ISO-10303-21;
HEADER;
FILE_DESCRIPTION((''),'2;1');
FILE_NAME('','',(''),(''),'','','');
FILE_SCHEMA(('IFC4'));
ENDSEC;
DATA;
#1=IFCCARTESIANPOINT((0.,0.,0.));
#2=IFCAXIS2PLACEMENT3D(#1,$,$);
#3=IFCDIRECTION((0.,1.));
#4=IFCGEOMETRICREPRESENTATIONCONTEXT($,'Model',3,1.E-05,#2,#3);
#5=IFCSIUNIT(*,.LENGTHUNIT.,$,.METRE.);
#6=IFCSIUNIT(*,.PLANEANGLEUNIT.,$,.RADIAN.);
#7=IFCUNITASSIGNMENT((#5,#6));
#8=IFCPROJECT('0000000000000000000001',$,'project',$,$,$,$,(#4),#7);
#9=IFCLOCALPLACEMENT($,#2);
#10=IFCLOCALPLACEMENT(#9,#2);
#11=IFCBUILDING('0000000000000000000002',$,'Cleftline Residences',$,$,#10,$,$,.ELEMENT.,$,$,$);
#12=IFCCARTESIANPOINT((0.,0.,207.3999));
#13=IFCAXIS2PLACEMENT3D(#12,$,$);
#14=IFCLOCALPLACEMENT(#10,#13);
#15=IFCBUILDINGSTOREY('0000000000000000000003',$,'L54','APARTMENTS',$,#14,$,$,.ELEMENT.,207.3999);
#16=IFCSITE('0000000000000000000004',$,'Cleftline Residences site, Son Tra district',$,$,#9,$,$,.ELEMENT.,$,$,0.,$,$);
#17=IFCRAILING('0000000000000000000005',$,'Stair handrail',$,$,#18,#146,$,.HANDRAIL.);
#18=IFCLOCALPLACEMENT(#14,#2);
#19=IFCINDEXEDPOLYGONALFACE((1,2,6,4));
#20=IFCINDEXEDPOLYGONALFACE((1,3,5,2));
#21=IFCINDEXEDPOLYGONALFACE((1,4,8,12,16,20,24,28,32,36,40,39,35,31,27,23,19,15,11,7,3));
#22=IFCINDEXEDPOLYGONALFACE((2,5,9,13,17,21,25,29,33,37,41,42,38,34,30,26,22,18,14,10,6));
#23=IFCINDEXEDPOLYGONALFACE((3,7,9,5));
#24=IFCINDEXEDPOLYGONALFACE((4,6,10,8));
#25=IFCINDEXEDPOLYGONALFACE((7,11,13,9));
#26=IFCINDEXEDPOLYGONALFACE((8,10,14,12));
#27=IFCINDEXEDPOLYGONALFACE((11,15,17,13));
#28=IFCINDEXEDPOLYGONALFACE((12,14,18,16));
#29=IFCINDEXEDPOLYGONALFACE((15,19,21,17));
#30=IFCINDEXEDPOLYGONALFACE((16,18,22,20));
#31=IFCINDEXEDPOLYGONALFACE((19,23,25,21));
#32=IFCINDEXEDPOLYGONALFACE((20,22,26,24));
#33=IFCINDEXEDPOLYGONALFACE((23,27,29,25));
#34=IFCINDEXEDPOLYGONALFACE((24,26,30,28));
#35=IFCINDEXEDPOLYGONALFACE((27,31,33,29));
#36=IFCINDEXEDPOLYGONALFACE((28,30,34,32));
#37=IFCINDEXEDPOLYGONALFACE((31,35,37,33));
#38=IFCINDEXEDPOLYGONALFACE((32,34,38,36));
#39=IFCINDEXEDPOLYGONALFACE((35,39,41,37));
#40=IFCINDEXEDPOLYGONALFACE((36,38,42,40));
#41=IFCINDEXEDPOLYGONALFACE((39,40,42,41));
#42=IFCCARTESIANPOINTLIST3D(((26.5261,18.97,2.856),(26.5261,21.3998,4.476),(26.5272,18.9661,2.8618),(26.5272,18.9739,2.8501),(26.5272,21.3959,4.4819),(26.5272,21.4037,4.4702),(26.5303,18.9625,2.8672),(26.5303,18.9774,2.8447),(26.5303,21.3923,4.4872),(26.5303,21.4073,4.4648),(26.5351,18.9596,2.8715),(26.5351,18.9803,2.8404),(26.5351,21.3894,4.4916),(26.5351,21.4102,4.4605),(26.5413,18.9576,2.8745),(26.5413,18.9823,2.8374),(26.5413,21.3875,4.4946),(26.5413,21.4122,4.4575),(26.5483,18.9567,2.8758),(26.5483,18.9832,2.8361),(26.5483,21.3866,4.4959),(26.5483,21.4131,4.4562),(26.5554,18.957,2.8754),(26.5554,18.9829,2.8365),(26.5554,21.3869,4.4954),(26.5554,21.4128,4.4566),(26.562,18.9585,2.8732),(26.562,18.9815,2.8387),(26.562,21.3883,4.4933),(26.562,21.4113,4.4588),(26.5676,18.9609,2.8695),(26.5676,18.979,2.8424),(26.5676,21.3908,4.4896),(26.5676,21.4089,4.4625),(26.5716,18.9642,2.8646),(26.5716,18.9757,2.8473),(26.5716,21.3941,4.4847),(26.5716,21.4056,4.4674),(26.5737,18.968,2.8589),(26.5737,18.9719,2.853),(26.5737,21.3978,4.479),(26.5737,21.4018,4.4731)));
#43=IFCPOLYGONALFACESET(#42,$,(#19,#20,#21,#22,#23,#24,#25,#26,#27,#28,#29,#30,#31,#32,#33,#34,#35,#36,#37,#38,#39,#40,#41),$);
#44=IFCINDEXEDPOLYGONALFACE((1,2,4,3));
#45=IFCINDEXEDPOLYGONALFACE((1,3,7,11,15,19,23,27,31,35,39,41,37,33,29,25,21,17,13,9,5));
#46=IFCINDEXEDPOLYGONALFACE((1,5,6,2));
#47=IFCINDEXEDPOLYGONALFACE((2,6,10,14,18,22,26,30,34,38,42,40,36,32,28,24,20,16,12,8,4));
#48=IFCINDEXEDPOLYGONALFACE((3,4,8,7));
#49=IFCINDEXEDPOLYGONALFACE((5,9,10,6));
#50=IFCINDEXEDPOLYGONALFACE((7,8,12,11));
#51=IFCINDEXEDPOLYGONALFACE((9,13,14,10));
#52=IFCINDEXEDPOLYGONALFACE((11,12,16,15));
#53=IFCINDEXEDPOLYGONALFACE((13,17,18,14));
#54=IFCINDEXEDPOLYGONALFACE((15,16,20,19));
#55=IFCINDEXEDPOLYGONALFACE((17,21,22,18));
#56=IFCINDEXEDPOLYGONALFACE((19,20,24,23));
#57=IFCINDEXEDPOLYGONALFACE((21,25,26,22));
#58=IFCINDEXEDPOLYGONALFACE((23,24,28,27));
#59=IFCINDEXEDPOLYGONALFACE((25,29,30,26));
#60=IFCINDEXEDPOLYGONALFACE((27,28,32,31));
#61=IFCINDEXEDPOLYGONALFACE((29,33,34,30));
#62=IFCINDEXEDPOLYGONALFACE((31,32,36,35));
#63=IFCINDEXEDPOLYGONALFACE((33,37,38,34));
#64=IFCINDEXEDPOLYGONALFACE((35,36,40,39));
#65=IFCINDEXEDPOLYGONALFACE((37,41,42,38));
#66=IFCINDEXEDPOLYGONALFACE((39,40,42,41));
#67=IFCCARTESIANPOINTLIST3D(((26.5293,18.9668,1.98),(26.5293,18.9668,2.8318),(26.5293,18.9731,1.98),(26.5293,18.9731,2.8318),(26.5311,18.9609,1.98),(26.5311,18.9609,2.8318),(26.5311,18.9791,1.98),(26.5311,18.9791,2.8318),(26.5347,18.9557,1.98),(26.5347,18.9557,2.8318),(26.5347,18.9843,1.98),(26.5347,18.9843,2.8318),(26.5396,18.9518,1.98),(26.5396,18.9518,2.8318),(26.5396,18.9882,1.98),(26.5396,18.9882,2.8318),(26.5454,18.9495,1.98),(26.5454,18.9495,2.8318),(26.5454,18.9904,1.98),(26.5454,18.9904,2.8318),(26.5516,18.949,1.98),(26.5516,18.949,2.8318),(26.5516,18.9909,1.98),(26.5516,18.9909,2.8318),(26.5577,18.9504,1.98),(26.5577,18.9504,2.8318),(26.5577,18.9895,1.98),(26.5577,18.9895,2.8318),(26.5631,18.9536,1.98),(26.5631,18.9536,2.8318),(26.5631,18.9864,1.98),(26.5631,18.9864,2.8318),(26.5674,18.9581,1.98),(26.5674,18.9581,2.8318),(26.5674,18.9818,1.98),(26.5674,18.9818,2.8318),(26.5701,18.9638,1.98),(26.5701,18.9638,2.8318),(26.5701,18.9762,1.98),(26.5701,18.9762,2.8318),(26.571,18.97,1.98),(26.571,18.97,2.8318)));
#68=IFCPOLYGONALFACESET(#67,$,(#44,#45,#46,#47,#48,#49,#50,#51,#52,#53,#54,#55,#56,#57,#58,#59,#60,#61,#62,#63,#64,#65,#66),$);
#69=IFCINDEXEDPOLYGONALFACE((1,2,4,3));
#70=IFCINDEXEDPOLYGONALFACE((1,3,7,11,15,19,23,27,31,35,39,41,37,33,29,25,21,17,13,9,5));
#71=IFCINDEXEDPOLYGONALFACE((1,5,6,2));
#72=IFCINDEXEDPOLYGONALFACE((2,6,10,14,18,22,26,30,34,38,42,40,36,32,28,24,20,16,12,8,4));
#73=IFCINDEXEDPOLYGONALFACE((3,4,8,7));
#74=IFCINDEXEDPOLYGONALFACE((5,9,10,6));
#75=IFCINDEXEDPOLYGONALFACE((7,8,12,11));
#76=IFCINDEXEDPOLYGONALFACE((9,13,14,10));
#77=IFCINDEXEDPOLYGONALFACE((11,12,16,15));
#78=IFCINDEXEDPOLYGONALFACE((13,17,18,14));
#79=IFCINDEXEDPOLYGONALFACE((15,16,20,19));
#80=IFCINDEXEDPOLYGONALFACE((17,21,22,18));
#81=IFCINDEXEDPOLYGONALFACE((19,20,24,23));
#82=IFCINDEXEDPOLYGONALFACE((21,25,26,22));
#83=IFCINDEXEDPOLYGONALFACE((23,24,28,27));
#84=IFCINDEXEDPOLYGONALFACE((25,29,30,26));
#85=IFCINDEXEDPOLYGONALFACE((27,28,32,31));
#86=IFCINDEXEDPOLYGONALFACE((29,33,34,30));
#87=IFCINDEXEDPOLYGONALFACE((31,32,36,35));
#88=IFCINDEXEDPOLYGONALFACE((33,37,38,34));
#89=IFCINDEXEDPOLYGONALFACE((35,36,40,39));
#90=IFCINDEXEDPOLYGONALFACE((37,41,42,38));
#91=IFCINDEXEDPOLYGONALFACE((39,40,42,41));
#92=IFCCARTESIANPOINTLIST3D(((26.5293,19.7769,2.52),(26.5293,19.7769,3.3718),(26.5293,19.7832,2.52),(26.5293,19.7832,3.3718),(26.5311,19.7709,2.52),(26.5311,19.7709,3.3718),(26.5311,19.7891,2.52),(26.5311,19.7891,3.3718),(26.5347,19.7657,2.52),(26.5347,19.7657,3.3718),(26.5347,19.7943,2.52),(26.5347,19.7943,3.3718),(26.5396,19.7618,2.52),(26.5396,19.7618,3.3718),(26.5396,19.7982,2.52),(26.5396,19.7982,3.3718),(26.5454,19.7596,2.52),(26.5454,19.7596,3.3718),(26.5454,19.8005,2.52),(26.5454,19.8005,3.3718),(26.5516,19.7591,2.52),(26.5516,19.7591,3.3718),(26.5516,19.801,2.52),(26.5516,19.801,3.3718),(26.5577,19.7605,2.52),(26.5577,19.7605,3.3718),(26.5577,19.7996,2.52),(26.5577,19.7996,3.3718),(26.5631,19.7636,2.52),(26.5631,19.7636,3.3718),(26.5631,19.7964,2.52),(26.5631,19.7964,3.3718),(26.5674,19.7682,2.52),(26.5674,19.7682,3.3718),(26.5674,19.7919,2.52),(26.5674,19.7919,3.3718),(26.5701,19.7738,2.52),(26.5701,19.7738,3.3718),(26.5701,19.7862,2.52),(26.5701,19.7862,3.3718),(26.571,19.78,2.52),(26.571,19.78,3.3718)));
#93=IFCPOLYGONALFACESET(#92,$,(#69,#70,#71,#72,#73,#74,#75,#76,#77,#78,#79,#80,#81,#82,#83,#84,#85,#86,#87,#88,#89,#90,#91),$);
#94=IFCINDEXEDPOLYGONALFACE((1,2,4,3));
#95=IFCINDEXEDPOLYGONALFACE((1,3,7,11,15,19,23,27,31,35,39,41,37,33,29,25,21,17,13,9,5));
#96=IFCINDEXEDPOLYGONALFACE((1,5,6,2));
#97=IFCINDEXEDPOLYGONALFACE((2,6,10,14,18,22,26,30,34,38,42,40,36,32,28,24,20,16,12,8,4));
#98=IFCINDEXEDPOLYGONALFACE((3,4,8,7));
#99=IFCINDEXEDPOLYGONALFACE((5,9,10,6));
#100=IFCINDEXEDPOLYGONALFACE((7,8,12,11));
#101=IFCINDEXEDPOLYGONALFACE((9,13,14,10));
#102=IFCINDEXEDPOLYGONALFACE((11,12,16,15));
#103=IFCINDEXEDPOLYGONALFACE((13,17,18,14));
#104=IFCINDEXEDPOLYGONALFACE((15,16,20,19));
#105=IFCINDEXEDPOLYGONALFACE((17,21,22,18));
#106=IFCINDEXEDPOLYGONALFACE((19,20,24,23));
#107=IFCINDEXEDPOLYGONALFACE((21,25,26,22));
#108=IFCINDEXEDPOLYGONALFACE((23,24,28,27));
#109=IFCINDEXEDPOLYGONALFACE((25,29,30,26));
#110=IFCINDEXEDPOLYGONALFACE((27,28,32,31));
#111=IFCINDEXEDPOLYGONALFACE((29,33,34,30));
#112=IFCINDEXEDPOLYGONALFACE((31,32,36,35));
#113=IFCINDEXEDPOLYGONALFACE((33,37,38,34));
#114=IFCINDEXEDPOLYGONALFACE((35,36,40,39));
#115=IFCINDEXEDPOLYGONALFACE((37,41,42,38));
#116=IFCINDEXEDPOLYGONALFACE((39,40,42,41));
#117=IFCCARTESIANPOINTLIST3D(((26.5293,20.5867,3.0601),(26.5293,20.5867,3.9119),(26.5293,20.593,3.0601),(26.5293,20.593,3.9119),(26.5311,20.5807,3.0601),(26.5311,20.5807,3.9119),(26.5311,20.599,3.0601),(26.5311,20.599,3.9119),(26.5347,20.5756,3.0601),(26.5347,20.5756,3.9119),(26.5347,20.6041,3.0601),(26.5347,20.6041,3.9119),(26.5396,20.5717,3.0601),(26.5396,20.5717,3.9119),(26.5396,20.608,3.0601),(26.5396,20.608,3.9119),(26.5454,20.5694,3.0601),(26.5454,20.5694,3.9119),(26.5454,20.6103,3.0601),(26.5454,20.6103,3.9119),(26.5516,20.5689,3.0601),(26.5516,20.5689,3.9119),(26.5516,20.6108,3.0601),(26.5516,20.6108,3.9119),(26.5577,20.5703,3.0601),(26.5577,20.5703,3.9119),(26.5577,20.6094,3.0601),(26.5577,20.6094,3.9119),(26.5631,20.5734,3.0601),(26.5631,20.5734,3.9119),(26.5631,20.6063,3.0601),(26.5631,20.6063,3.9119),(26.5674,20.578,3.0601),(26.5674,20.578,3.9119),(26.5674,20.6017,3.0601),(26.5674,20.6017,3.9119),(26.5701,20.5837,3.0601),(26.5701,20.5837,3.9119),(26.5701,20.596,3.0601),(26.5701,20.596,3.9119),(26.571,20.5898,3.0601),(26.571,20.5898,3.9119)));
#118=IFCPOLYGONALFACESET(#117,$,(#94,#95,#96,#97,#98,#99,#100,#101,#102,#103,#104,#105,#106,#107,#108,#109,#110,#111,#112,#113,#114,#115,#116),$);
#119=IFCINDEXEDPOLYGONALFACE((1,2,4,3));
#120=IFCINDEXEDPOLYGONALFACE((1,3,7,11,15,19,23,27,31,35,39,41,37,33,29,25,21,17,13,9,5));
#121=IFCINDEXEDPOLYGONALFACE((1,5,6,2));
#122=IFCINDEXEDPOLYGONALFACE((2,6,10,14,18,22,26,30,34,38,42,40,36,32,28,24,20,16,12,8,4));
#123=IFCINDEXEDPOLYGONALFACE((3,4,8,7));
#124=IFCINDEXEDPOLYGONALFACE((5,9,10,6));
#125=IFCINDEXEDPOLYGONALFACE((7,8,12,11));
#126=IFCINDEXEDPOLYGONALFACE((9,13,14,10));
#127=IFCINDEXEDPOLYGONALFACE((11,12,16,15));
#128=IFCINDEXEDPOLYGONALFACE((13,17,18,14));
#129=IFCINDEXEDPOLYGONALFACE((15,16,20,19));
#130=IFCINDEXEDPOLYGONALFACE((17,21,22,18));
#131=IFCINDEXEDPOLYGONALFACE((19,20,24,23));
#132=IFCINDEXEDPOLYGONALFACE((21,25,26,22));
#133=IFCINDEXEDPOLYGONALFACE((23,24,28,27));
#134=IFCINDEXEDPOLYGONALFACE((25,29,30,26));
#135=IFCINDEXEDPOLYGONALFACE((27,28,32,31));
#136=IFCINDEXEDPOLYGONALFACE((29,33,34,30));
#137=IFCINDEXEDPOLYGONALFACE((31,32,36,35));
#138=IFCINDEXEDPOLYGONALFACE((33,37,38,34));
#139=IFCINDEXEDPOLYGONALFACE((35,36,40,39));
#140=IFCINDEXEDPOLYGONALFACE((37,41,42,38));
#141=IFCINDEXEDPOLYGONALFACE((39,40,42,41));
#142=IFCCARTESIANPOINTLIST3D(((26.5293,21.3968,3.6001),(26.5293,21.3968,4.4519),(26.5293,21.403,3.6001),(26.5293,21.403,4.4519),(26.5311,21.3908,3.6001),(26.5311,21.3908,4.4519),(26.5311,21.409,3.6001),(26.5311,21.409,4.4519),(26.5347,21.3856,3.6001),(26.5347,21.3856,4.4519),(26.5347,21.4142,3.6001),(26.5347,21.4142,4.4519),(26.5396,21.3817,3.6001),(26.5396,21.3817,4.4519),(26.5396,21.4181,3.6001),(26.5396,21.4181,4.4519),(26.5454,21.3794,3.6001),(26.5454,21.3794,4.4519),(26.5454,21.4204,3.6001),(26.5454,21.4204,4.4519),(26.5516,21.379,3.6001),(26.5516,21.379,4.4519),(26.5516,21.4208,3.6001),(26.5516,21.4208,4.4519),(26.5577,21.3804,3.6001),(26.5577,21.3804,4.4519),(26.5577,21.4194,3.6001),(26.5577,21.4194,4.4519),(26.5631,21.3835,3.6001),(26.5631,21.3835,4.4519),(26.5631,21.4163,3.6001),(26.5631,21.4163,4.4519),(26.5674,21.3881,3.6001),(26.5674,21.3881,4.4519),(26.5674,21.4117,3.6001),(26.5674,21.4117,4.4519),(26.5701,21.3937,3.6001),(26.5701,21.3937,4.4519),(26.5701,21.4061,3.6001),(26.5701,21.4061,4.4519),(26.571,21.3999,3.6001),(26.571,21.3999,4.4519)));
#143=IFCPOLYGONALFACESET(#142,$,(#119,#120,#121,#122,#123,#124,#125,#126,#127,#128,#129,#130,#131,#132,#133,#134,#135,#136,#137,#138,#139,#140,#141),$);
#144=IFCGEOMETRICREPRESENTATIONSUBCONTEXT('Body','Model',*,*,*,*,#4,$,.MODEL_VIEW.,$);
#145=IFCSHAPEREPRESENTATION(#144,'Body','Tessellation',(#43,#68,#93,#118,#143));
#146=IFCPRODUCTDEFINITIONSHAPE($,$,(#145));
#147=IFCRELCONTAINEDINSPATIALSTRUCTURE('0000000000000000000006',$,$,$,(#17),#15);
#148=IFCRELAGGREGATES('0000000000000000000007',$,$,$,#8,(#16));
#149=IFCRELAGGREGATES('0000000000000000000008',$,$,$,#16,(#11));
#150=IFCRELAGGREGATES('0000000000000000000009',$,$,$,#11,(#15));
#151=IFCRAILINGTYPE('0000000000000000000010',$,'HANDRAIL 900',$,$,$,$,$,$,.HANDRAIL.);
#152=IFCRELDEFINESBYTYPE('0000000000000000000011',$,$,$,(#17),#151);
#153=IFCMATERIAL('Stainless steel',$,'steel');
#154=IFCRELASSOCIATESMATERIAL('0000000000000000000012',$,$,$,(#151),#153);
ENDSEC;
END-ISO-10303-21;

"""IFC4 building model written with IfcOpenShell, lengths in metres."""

from ifc_helpers import new_model, si_unit, direction, frame, origin, origin_2d, place, context, subcontext, project, spatial, circle, extrude, material, type_object, element, save


model = new_model("IFC4")

# Units and contexts
model_context = context("Model", 3, precision=1e-05, world=origin(), true_north=direction((0.0, 1.0)))
body_context = subcontext(model_context, "Body", "Model", "MODEL_VIEW")
ifc_project = project(units=[si_unit("LENGTHUNIT", "METRE"), si_unit("PLANEANGLEUNIT", "RADIAN")], contexts=[model_context])

# Site, building, storey
site_placement = place(None, origin())
site = spatial("IfcSite", under=ifc_project, at=site_placement, Name="Cleftline Residences site, Son Tra district", CompositionType="ELEMENT", RefElevation=0.0)
building_placement = place(site_placement, origin())
building = spatial("IfcBuilding", under=site, at=building_placement, Name="Cleftline Residences", CompositionType="ELEMENT")
storey_placement = place(building_placement, frame((0.0, 0.0, 207.3999)))
storey = spatial("IfcBuildingStorey", under=building, at=storey_placement, Name="L54", Description="APARTMENTS", CompositionType="ELEMENT", Elevation=207.3999)

# Railing
ifc_material_1 = material(Name="Stainless steel", Category="steel")
railing_type = type_object("IfcRailingType", Name="HANDRAIL 900", PredefinedType="HANDRAIL", material=ifc_material_1)
railing_1_placement = place(storey_placement, frame((26.55, 18.97, 1.98)))
element("IfcRailing", 1, at=railing_1_placement, inside=storey, type_object=railing_type, Name="Stair handrail", PredefinedType="HANDRAIL", context=body_context, shape_type="SweptSolid", body=[
    extrude(circle(Radius=0.0239, at=origin_2d()), frame((0.0, 0.0, 0.876), z_axis=(0.0, 0.832025, 0.554739), x_axis=(-1.0, 0.0, 0.0)), (0.0, 0.0, 1.0), 2.9204),
    extrude(circle(Radius=0.021, at=origin_2d()), origin(), (0.0, 0.0, 1.0), 0.8518),
    extrude(circle(Radius=0.021, at=origin_2d()), frame((0.0, 0.8101, 0.54)), (0.0, 0.0, 1.0), 0.8518),
    extrude(circle(Radius=0.021, at=origin_2d()), frame((0.0, 1.6199, 1.0801)), (0.0, 0.0, 1.0), 0.8518),
    extrude(circle(Radius=0.021, at=origin_2d()), frame((0.0, 2.4299, 1.6201)), (0.0, 0.0, 1.0), 0.8518),
])

save(model, "model.ifc")
